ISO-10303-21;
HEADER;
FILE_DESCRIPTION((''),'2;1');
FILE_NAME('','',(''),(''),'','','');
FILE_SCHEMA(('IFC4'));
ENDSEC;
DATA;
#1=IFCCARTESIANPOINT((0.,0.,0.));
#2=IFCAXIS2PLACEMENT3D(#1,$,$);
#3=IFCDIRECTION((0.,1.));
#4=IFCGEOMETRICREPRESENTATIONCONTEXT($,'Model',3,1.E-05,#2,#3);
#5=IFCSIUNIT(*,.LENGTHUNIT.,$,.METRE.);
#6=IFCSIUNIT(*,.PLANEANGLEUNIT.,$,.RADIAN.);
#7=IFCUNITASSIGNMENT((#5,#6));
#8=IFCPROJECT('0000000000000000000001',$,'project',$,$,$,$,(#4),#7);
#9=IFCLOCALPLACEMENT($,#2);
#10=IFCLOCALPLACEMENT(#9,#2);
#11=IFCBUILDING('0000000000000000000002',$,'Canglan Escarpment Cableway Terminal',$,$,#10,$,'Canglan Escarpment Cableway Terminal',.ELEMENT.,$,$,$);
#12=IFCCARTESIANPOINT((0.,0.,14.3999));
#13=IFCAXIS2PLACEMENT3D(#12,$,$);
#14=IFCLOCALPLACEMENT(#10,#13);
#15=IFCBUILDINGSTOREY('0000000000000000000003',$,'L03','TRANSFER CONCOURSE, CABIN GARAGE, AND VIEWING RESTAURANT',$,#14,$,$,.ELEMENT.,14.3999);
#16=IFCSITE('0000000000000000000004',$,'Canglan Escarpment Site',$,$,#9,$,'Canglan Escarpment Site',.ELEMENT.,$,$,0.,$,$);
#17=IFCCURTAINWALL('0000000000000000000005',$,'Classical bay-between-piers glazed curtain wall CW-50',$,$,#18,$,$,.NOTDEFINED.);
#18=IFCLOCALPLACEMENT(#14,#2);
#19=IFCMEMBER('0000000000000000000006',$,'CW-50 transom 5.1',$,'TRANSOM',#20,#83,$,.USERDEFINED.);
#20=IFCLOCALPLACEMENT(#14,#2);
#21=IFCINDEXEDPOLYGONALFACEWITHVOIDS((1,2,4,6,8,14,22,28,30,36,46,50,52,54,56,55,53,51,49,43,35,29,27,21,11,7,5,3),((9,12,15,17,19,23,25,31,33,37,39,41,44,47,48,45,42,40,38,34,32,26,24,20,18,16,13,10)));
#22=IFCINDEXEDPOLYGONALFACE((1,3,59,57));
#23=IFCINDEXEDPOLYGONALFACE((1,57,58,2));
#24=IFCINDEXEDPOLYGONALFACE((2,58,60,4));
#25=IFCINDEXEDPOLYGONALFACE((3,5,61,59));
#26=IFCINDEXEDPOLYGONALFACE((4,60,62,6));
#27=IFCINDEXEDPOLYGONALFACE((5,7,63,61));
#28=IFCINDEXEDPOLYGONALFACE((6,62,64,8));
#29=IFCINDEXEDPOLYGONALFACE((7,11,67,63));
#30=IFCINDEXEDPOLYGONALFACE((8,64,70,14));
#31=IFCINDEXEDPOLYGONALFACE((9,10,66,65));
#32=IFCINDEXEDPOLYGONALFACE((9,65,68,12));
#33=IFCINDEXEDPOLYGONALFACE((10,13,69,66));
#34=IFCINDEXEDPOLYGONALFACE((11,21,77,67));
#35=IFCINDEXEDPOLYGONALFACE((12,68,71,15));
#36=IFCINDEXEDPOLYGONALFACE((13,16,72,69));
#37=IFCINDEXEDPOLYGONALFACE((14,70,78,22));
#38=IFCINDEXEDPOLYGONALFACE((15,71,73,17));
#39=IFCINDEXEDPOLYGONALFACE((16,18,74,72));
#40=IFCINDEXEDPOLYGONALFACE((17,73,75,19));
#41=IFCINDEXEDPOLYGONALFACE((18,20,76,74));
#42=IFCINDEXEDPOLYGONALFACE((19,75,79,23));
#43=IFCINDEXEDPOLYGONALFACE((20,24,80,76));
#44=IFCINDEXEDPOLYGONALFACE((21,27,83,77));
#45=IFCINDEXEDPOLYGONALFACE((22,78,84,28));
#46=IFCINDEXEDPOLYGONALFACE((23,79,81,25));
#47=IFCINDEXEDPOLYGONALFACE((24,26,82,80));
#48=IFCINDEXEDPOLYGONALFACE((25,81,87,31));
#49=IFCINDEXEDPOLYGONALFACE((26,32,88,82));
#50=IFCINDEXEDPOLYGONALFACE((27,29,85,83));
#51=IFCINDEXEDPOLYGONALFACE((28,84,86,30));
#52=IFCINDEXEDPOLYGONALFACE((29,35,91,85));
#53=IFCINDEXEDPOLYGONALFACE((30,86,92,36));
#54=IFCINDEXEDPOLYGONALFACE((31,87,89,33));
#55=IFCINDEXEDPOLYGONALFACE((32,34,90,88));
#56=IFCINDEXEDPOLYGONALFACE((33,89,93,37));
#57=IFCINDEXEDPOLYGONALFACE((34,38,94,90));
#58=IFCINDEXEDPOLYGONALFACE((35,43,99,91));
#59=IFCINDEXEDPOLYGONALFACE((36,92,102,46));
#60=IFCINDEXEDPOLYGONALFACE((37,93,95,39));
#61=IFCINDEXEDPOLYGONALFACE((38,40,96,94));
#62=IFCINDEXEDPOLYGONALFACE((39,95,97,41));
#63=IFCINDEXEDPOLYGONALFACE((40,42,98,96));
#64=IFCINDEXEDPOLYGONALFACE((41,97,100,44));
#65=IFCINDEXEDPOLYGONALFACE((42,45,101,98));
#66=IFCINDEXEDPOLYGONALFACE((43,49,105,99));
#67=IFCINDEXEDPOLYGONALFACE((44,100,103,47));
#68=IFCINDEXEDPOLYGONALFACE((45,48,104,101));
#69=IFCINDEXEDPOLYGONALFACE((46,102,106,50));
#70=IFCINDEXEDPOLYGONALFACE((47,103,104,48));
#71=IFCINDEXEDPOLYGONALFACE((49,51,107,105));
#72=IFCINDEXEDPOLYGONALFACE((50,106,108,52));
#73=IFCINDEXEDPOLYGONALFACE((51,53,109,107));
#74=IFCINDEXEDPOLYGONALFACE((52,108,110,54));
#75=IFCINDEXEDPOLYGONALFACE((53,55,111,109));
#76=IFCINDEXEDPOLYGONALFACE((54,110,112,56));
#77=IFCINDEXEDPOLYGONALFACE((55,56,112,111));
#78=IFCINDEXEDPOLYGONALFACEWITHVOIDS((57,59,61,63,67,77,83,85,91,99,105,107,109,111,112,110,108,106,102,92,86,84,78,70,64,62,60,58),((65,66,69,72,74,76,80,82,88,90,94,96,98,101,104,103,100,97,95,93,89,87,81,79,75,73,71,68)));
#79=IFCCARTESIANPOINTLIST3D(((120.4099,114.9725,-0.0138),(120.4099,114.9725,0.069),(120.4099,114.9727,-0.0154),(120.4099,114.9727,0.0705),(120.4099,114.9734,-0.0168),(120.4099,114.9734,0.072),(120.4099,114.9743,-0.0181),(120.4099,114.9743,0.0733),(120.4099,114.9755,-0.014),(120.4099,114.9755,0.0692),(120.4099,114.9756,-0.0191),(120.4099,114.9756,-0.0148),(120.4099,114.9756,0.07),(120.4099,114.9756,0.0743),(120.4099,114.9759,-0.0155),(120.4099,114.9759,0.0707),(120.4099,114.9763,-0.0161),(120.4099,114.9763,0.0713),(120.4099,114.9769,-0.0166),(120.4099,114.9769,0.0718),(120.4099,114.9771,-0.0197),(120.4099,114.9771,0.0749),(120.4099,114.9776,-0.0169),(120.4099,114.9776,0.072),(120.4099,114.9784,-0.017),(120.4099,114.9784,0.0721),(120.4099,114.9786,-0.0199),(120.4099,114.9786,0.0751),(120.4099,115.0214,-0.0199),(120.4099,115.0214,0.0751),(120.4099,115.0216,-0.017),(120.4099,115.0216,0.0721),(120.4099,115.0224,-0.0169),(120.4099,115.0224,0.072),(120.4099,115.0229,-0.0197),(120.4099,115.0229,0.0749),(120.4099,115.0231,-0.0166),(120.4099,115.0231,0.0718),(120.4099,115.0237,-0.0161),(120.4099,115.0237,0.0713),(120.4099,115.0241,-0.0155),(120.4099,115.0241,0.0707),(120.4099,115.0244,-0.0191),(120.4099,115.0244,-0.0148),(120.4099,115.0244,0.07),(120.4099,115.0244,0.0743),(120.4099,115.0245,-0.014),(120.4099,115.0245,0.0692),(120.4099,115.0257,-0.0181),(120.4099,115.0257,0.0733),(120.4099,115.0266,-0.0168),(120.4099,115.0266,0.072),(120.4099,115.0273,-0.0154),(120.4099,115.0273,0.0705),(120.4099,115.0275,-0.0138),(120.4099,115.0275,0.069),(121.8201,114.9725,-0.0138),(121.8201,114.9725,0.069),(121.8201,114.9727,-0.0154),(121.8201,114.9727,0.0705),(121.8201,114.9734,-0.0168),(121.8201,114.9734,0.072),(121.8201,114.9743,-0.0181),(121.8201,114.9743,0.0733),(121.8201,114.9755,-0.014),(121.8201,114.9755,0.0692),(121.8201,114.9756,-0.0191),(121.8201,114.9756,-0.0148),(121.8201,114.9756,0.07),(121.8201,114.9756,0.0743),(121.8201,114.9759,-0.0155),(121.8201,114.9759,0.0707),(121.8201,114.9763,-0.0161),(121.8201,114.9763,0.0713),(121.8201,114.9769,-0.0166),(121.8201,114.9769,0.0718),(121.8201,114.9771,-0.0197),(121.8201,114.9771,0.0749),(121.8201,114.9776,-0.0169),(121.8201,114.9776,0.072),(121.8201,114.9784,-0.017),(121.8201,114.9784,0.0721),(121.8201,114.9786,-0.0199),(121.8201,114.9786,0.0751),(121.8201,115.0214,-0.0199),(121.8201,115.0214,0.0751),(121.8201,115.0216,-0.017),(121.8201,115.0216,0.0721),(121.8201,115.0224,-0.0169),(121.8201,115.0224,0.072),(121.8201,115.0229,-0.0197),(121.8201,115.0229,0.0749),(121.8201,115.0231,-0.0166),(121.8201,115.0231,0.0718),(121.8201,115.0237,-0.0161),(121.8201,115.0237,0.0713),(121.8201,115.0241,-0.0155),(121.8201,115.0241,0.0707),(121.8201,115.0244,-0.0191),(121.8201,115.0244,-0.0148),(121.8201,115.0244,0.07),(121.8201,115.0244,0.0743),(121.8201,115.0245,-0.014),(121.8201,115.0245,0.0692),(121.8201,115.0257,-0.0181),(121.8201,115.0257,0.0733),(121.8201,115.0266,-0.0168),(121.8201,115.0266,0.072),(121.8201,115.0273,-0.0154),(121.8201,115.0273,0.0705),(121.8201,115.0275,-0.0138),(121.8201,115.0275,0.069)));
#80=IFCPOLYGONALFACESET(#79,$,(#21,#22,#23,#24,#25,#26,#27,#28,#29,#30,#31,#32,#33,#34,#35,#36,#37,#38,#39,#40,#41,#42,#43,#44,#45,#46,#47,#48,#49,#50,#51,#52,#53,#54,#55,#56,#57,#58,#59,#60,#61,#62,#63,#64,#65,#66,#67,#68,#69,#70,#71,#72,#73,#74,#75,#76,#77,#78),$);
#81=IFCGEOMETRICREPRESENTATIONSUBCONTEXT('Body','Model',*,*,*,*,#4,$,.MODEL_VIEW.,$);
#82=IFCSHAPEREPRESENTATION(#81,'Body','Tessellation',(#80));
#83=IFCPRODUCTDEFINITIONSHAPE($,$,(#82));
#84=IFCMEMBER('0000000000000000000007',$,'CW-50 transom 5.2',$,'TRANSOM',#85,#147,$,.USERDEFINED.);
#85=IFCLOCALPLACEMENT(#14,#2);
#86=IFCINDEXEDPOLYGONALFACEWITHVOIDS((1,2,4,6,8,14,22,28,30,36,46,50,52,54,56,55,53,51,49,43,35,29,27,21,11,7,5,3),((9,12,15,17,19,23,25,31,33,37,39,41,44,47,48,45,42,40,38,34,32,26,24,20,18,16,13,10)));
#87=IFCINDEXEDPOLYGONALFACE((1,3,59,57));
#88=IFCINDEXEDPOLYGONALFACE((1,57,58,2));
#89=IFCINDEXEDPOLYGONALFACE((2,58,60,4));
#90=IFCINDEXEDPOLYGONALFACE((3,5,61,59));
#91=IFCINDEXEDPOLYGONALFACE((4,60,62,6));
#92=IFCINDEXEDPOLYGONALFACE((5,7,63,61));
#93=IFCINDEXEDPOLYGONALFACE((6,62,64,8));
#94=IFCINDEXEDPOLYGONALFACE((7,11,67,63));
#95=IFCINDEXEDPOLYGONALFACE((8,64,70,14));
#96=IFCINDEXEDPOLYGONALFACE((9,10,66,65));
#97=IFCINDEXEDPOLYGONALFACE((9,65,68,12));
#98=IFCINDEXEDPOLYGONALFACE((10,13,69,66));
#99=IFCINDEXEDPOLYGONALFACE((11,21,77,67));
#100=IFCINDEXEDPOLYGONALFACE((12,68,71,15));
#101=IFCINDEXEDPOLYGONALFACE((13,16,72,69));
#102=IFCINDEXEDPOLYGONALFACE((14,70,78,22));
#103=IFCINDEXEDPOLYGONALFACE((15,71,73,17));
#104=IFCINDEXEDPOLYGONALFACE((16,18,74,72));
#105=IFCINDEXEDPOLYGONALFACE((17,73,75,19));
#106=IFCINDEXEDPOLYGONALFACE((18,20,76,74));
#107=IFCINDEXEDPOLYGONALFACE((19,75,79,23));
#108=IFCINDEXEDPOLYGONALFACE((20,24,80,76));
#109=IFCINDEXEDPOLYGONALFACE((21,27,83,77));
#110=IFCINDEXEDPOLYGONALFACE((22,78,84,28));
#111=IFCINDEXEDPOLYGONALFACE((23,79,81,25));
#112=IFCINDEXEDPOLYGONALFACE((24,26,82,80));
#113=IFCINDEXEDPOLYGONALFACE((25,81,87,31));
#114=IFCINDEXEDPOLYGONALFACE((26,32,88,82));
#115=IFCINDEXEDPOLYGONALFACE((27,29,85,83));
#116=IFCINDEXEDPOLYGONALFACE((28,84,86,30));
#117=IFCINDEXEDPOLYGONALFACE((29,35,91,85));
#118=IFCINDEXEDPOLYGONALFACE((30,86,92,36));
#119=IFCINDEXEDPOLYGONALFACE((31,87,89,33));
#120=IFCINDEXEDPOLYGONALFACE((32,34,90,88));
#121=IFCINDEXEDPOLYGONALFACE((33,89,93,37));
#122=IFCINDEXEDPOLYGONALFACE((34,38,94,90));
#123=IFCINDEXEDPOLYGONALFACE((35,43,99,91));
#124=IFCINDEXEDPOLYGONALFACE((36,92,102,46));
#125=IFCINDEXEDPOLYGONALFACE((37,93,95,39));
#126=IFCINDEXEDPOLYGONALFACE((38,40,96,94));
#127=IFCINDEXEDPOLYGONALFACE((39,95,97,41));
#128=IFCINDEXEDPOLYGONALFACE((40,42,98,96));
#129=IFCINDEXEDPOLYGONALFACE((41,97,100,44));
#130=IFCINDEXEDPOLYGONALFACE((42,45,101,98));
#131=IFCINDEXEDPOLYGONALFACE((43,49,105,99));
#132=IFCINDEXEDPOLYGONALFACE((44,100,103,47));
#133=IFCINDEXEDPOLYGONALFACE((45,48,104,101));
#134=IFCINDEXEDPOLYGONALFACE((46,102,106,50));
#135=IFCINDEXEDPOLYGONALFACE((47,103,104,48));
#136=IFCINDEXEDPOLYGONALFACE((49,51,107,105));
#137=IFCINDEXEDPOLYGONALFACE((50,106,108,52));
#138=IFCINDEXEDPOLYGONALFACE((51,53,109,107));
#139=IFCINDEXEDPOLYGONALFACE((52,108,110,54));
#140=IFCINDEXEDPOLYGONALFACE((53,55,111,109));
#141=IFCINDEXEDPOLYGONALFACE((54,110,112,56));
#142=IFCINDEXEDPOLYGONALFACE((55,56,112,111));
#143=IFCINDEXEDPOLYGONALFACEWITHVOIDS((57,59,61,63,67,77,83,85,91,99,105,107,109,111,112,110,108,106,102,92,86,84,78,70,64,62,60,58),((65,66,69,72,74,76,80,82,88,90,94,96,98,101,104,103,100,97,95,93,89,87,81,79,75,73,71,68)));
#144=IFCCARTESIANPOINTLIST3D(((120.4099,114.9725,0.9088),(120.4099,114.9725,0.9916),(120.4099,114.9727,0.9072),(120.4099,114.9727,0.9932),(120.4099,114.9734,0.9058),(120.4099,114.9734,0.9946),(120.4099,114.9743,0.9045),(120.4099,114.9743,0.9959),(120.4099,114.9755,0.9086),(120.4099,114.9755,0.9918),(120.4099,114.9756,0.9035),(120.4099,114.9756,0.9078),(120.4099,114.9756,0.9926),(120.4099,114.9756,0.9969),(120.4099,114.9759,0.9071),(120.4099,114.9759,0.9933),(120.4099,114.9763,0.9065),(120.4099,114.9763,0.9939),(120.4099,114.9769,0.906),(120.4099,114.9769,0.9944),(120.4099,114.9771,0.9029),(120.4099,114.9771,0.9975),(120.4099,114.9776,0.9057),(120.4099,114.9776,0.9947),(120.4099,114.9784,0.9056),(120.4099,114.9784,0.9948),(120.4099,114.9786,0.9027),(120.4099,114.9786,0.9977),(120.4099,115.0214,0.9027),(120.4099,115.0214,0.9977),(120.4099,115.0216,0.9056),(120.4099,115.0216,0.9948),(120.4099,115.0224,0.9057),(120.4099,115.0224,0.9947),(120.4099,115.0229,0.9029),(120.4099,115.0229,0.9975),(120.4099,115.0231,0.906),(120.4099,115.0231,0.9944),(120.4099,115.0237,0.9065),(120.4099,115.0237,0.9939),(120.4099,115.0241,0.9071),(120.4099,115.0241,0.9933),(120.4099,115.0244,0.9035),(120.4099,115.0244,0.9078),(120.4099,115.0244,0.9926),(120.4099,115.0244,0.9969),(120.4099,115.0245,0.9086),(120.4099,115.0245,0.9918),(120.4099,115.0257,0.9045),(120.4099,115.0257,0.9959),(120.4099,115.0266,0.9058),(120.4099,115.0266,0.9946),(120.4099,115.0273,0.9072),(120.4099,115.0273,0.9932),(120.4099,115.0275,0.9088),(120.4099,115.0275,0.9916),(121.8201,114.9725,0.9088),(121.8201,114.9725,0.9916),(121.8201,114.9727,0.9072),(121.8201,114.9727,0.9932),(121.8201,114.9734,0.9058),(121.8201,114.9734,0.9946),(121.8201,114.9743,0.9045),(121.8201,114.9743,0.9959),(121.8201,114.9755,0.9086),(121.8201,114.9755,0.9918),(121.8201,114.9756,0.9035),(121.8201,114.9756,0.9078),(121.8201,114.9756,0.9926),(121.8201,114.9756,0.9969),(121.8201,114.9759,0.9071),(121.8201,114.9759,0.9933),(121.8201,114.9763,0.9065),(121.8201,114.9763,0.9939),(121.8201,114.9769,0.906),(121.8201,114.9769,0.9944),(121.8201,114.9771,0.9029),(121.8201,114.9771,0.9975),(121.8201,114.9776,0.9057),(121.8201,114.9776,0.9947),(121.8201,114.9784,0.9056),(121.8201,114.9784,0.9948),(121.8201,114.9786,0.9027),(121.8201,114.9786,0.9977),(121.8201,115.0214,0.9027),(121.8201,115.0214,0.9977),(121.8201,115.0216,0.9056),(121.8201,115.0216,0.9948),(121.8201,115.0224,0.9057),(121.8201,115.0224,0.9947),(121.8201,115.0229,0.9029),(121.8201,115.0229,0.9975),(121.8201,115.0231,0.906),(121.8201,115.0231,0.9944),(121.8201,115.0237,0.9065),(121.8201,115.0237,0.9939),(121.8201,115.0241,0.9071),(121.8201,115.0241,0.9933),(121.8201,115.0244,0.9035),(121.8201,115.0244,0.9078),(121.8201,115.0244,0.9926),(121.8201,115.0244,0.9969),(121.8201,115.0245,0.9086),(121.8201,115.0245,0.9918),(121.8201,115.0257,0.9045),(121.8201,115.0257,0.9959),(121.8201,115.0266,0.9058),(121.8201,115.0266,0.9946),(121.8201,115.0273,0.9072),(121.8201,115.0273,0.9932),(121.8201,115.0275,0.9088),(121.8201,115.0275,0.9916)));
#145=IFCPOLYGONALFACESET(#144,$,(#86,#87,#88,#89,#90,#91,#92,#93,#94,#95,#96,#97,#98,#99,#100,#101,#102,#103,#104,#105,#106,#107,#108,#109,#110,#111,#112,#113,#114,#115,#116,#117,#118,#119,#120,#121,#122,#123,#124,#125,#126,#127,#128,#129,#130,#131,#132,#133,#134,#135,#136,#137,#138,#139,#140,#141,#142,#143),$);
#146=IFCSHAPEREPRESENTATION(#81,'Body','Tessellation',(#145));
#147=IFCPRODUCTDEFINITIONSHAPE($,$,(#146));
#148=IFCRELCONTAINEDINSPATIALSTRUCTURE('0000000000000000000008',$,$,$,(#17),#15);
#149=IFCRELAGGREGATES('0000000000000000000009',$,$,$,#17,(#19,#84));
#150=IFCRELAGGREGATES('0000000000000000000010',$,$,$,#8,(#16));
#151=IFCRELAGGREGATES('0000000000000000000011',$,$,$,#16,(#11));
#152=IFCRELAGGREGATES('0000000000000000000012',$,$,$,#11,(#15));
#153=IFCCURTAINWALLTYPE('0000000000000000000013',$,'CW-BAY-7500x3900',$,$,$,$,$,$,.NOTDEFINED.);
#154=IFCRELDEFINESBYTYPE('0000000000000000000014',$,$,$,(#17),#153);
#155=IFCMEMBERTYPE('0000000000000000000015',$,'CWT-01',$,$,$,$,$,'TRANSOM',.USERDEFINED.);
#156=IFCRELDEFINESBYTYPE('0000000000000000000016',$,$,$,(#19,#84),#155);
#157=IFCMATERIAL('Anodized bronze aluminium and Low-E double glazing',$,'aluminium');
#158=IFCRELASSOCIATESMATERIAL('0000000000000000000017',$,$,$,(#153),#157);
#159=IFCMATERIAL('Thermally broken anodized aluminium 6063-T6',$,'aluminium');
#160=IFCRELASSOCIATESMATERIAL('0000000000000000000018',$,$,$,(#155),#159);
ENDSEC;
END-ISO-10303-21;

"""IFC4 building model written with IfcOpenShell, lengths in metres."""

from ifc_helpers import new_model, si_unit, direction, frame, origin, origin_2d, place, context, subcontext, project, spatial, hollow_rectangle, extrude, material, material_profile, profile_set, type_object, element, aggregate, save


model = new_model("IFC4")

# Units and contexts
model_context = context("Model", 3, precision=1e-05, world=origin(), true_north=direction((0.0, 1.0)))
body_context = subcontext(model_context, "Body", "Model", "MODEL_VIEW")
ifc_project = project(units=[si_unit("LENGTHUNIT", "METRE"), si_unit("PLANEANGLEUNIT", "RADIAN")], contexts=[model_context])

# Site, building, storey
site_placement = place(None, origin())
site = spatial("IfcSite", under=ifc_project, at=site_placement, Name="Canglan Escarpment Site", LongName="Canglan Escarpment Site", CompositionType="ELEMENT", RefElevation=0.0)
building_placement = place(site_placement, origin())
building = spatial("IfcBuilding", under=site, at=building_placement, Name="Canglan Escarpment Cableway Terminal", LongName="Canglan Escarpment Cableway Terminal", CompositionType="ELEMENT")
storey_placement = place(building_placement, frame((0.0, 0.0, 14.3999)))
storey = spatial("IfcBuildingStorey", under=building, at=storey_placement, Name="L03", Description="TRANSFER CONCOURSE, CABIN GARAGE, AND VIEWING RESTAURANT", CompositionType="ELEMENT", Elevation=14.3999)

# Curtain wall
ifc_material_1 = material(Name="Anodized bronze aluminium and Low-E double glazing", Category="aluminium")
curtain_wall_type_1 = type_object("IfcCurtainWallType", Name="CW-BAY-7500x3900", PredefinedType="NOTDEFINED", material=ifc_material_1)
curtain_wall_1_placement = place(storey_placement, origin())
curtain_wall_1 = element("IfcCurtainWall", 1, at=curtain_wall_1_placement, inside=storey, type_object=curtain_wall_type_1, Name="Classical bay-between-piers glazed curtain wall CW-50", PredefinedType="NOTDEFINED")
ifc_material_2 = material(Name="Thermally broken anodized aluminium 6063-T6", Category="aluminium")

# Members
ifc_material_profile_1 = material_profile(ifc_material_2, hollow_rectangle(XDim=0.0549, YDim=0.095, WallThickness=0.0029, InnerFilletRadius=0.0029, OuterFilletRadius=0.0061, at=origin_2d()), Name="ALU-TRAN 55x95x3")
ifc_profile_set_1 = profile_set([ifc_material_profile_1], Name="Thermally broken anodized aluminium 6063-T6")
member_type_1 = type_object("IfcMemberType", Name="CWT-01", ElementType="TRANSOM", PredefinedType="USERDEFINED", material=ifc_profile_set_1)
member_1_placement = place(storey_placement, frame((121.8201, 115.0, 0.0276), z_axis=(-1.0, 0.0, 0.0), x_axis=(0.0, -1.0, 0.0)))
member_1 = element("IfcMember", 2, at=member_1_placement, type_object=member_type_1, Name="CW-50 transom 5.1", ObjectType="TRANSOM", PredefinedType="USERDEFINED", context=body_context, shape_type="SweptSolid", body=[
    extrude(hollow_rectangle(XDim=0.0549, YDim=0.095, WallThickness=0.0029, InnerFilletRadius=0.0029, OuterFilletRadius=0.0061, at=origin_2d()), origin(), (0.0, 0.0, 1.0), 1.4102),
])
member_2_placement = place(storey_placement, frame((121.8201, 115.0, 0.9502), z_axis=(-1.0, 0.0, 0.0), x_axis=(0.0, -1.0, 0.0)))
member_2 = element("IfcMember", 3, at=member_2_placement, type_object=member_type_1, Name="CW-50 transom 5.2", ObjectType="TRANSOM", PredefinedType="USERDEFINED", context=body_context, shape_type="SweptSolid", body=[
    extrude(hollow_rectangle(XDim=0.0549, YDim=0.095, WallThickness=0.0029, InnerFilletRadius=0.0029, OuterFilletRadius=0.0061, at=origin_2d()), origin(), (0.0, 0.0, 1.0), 1.4102),
])

aggregate(curtain_wall_1, [member_1, member_2])

save(model, "model.ifc")
